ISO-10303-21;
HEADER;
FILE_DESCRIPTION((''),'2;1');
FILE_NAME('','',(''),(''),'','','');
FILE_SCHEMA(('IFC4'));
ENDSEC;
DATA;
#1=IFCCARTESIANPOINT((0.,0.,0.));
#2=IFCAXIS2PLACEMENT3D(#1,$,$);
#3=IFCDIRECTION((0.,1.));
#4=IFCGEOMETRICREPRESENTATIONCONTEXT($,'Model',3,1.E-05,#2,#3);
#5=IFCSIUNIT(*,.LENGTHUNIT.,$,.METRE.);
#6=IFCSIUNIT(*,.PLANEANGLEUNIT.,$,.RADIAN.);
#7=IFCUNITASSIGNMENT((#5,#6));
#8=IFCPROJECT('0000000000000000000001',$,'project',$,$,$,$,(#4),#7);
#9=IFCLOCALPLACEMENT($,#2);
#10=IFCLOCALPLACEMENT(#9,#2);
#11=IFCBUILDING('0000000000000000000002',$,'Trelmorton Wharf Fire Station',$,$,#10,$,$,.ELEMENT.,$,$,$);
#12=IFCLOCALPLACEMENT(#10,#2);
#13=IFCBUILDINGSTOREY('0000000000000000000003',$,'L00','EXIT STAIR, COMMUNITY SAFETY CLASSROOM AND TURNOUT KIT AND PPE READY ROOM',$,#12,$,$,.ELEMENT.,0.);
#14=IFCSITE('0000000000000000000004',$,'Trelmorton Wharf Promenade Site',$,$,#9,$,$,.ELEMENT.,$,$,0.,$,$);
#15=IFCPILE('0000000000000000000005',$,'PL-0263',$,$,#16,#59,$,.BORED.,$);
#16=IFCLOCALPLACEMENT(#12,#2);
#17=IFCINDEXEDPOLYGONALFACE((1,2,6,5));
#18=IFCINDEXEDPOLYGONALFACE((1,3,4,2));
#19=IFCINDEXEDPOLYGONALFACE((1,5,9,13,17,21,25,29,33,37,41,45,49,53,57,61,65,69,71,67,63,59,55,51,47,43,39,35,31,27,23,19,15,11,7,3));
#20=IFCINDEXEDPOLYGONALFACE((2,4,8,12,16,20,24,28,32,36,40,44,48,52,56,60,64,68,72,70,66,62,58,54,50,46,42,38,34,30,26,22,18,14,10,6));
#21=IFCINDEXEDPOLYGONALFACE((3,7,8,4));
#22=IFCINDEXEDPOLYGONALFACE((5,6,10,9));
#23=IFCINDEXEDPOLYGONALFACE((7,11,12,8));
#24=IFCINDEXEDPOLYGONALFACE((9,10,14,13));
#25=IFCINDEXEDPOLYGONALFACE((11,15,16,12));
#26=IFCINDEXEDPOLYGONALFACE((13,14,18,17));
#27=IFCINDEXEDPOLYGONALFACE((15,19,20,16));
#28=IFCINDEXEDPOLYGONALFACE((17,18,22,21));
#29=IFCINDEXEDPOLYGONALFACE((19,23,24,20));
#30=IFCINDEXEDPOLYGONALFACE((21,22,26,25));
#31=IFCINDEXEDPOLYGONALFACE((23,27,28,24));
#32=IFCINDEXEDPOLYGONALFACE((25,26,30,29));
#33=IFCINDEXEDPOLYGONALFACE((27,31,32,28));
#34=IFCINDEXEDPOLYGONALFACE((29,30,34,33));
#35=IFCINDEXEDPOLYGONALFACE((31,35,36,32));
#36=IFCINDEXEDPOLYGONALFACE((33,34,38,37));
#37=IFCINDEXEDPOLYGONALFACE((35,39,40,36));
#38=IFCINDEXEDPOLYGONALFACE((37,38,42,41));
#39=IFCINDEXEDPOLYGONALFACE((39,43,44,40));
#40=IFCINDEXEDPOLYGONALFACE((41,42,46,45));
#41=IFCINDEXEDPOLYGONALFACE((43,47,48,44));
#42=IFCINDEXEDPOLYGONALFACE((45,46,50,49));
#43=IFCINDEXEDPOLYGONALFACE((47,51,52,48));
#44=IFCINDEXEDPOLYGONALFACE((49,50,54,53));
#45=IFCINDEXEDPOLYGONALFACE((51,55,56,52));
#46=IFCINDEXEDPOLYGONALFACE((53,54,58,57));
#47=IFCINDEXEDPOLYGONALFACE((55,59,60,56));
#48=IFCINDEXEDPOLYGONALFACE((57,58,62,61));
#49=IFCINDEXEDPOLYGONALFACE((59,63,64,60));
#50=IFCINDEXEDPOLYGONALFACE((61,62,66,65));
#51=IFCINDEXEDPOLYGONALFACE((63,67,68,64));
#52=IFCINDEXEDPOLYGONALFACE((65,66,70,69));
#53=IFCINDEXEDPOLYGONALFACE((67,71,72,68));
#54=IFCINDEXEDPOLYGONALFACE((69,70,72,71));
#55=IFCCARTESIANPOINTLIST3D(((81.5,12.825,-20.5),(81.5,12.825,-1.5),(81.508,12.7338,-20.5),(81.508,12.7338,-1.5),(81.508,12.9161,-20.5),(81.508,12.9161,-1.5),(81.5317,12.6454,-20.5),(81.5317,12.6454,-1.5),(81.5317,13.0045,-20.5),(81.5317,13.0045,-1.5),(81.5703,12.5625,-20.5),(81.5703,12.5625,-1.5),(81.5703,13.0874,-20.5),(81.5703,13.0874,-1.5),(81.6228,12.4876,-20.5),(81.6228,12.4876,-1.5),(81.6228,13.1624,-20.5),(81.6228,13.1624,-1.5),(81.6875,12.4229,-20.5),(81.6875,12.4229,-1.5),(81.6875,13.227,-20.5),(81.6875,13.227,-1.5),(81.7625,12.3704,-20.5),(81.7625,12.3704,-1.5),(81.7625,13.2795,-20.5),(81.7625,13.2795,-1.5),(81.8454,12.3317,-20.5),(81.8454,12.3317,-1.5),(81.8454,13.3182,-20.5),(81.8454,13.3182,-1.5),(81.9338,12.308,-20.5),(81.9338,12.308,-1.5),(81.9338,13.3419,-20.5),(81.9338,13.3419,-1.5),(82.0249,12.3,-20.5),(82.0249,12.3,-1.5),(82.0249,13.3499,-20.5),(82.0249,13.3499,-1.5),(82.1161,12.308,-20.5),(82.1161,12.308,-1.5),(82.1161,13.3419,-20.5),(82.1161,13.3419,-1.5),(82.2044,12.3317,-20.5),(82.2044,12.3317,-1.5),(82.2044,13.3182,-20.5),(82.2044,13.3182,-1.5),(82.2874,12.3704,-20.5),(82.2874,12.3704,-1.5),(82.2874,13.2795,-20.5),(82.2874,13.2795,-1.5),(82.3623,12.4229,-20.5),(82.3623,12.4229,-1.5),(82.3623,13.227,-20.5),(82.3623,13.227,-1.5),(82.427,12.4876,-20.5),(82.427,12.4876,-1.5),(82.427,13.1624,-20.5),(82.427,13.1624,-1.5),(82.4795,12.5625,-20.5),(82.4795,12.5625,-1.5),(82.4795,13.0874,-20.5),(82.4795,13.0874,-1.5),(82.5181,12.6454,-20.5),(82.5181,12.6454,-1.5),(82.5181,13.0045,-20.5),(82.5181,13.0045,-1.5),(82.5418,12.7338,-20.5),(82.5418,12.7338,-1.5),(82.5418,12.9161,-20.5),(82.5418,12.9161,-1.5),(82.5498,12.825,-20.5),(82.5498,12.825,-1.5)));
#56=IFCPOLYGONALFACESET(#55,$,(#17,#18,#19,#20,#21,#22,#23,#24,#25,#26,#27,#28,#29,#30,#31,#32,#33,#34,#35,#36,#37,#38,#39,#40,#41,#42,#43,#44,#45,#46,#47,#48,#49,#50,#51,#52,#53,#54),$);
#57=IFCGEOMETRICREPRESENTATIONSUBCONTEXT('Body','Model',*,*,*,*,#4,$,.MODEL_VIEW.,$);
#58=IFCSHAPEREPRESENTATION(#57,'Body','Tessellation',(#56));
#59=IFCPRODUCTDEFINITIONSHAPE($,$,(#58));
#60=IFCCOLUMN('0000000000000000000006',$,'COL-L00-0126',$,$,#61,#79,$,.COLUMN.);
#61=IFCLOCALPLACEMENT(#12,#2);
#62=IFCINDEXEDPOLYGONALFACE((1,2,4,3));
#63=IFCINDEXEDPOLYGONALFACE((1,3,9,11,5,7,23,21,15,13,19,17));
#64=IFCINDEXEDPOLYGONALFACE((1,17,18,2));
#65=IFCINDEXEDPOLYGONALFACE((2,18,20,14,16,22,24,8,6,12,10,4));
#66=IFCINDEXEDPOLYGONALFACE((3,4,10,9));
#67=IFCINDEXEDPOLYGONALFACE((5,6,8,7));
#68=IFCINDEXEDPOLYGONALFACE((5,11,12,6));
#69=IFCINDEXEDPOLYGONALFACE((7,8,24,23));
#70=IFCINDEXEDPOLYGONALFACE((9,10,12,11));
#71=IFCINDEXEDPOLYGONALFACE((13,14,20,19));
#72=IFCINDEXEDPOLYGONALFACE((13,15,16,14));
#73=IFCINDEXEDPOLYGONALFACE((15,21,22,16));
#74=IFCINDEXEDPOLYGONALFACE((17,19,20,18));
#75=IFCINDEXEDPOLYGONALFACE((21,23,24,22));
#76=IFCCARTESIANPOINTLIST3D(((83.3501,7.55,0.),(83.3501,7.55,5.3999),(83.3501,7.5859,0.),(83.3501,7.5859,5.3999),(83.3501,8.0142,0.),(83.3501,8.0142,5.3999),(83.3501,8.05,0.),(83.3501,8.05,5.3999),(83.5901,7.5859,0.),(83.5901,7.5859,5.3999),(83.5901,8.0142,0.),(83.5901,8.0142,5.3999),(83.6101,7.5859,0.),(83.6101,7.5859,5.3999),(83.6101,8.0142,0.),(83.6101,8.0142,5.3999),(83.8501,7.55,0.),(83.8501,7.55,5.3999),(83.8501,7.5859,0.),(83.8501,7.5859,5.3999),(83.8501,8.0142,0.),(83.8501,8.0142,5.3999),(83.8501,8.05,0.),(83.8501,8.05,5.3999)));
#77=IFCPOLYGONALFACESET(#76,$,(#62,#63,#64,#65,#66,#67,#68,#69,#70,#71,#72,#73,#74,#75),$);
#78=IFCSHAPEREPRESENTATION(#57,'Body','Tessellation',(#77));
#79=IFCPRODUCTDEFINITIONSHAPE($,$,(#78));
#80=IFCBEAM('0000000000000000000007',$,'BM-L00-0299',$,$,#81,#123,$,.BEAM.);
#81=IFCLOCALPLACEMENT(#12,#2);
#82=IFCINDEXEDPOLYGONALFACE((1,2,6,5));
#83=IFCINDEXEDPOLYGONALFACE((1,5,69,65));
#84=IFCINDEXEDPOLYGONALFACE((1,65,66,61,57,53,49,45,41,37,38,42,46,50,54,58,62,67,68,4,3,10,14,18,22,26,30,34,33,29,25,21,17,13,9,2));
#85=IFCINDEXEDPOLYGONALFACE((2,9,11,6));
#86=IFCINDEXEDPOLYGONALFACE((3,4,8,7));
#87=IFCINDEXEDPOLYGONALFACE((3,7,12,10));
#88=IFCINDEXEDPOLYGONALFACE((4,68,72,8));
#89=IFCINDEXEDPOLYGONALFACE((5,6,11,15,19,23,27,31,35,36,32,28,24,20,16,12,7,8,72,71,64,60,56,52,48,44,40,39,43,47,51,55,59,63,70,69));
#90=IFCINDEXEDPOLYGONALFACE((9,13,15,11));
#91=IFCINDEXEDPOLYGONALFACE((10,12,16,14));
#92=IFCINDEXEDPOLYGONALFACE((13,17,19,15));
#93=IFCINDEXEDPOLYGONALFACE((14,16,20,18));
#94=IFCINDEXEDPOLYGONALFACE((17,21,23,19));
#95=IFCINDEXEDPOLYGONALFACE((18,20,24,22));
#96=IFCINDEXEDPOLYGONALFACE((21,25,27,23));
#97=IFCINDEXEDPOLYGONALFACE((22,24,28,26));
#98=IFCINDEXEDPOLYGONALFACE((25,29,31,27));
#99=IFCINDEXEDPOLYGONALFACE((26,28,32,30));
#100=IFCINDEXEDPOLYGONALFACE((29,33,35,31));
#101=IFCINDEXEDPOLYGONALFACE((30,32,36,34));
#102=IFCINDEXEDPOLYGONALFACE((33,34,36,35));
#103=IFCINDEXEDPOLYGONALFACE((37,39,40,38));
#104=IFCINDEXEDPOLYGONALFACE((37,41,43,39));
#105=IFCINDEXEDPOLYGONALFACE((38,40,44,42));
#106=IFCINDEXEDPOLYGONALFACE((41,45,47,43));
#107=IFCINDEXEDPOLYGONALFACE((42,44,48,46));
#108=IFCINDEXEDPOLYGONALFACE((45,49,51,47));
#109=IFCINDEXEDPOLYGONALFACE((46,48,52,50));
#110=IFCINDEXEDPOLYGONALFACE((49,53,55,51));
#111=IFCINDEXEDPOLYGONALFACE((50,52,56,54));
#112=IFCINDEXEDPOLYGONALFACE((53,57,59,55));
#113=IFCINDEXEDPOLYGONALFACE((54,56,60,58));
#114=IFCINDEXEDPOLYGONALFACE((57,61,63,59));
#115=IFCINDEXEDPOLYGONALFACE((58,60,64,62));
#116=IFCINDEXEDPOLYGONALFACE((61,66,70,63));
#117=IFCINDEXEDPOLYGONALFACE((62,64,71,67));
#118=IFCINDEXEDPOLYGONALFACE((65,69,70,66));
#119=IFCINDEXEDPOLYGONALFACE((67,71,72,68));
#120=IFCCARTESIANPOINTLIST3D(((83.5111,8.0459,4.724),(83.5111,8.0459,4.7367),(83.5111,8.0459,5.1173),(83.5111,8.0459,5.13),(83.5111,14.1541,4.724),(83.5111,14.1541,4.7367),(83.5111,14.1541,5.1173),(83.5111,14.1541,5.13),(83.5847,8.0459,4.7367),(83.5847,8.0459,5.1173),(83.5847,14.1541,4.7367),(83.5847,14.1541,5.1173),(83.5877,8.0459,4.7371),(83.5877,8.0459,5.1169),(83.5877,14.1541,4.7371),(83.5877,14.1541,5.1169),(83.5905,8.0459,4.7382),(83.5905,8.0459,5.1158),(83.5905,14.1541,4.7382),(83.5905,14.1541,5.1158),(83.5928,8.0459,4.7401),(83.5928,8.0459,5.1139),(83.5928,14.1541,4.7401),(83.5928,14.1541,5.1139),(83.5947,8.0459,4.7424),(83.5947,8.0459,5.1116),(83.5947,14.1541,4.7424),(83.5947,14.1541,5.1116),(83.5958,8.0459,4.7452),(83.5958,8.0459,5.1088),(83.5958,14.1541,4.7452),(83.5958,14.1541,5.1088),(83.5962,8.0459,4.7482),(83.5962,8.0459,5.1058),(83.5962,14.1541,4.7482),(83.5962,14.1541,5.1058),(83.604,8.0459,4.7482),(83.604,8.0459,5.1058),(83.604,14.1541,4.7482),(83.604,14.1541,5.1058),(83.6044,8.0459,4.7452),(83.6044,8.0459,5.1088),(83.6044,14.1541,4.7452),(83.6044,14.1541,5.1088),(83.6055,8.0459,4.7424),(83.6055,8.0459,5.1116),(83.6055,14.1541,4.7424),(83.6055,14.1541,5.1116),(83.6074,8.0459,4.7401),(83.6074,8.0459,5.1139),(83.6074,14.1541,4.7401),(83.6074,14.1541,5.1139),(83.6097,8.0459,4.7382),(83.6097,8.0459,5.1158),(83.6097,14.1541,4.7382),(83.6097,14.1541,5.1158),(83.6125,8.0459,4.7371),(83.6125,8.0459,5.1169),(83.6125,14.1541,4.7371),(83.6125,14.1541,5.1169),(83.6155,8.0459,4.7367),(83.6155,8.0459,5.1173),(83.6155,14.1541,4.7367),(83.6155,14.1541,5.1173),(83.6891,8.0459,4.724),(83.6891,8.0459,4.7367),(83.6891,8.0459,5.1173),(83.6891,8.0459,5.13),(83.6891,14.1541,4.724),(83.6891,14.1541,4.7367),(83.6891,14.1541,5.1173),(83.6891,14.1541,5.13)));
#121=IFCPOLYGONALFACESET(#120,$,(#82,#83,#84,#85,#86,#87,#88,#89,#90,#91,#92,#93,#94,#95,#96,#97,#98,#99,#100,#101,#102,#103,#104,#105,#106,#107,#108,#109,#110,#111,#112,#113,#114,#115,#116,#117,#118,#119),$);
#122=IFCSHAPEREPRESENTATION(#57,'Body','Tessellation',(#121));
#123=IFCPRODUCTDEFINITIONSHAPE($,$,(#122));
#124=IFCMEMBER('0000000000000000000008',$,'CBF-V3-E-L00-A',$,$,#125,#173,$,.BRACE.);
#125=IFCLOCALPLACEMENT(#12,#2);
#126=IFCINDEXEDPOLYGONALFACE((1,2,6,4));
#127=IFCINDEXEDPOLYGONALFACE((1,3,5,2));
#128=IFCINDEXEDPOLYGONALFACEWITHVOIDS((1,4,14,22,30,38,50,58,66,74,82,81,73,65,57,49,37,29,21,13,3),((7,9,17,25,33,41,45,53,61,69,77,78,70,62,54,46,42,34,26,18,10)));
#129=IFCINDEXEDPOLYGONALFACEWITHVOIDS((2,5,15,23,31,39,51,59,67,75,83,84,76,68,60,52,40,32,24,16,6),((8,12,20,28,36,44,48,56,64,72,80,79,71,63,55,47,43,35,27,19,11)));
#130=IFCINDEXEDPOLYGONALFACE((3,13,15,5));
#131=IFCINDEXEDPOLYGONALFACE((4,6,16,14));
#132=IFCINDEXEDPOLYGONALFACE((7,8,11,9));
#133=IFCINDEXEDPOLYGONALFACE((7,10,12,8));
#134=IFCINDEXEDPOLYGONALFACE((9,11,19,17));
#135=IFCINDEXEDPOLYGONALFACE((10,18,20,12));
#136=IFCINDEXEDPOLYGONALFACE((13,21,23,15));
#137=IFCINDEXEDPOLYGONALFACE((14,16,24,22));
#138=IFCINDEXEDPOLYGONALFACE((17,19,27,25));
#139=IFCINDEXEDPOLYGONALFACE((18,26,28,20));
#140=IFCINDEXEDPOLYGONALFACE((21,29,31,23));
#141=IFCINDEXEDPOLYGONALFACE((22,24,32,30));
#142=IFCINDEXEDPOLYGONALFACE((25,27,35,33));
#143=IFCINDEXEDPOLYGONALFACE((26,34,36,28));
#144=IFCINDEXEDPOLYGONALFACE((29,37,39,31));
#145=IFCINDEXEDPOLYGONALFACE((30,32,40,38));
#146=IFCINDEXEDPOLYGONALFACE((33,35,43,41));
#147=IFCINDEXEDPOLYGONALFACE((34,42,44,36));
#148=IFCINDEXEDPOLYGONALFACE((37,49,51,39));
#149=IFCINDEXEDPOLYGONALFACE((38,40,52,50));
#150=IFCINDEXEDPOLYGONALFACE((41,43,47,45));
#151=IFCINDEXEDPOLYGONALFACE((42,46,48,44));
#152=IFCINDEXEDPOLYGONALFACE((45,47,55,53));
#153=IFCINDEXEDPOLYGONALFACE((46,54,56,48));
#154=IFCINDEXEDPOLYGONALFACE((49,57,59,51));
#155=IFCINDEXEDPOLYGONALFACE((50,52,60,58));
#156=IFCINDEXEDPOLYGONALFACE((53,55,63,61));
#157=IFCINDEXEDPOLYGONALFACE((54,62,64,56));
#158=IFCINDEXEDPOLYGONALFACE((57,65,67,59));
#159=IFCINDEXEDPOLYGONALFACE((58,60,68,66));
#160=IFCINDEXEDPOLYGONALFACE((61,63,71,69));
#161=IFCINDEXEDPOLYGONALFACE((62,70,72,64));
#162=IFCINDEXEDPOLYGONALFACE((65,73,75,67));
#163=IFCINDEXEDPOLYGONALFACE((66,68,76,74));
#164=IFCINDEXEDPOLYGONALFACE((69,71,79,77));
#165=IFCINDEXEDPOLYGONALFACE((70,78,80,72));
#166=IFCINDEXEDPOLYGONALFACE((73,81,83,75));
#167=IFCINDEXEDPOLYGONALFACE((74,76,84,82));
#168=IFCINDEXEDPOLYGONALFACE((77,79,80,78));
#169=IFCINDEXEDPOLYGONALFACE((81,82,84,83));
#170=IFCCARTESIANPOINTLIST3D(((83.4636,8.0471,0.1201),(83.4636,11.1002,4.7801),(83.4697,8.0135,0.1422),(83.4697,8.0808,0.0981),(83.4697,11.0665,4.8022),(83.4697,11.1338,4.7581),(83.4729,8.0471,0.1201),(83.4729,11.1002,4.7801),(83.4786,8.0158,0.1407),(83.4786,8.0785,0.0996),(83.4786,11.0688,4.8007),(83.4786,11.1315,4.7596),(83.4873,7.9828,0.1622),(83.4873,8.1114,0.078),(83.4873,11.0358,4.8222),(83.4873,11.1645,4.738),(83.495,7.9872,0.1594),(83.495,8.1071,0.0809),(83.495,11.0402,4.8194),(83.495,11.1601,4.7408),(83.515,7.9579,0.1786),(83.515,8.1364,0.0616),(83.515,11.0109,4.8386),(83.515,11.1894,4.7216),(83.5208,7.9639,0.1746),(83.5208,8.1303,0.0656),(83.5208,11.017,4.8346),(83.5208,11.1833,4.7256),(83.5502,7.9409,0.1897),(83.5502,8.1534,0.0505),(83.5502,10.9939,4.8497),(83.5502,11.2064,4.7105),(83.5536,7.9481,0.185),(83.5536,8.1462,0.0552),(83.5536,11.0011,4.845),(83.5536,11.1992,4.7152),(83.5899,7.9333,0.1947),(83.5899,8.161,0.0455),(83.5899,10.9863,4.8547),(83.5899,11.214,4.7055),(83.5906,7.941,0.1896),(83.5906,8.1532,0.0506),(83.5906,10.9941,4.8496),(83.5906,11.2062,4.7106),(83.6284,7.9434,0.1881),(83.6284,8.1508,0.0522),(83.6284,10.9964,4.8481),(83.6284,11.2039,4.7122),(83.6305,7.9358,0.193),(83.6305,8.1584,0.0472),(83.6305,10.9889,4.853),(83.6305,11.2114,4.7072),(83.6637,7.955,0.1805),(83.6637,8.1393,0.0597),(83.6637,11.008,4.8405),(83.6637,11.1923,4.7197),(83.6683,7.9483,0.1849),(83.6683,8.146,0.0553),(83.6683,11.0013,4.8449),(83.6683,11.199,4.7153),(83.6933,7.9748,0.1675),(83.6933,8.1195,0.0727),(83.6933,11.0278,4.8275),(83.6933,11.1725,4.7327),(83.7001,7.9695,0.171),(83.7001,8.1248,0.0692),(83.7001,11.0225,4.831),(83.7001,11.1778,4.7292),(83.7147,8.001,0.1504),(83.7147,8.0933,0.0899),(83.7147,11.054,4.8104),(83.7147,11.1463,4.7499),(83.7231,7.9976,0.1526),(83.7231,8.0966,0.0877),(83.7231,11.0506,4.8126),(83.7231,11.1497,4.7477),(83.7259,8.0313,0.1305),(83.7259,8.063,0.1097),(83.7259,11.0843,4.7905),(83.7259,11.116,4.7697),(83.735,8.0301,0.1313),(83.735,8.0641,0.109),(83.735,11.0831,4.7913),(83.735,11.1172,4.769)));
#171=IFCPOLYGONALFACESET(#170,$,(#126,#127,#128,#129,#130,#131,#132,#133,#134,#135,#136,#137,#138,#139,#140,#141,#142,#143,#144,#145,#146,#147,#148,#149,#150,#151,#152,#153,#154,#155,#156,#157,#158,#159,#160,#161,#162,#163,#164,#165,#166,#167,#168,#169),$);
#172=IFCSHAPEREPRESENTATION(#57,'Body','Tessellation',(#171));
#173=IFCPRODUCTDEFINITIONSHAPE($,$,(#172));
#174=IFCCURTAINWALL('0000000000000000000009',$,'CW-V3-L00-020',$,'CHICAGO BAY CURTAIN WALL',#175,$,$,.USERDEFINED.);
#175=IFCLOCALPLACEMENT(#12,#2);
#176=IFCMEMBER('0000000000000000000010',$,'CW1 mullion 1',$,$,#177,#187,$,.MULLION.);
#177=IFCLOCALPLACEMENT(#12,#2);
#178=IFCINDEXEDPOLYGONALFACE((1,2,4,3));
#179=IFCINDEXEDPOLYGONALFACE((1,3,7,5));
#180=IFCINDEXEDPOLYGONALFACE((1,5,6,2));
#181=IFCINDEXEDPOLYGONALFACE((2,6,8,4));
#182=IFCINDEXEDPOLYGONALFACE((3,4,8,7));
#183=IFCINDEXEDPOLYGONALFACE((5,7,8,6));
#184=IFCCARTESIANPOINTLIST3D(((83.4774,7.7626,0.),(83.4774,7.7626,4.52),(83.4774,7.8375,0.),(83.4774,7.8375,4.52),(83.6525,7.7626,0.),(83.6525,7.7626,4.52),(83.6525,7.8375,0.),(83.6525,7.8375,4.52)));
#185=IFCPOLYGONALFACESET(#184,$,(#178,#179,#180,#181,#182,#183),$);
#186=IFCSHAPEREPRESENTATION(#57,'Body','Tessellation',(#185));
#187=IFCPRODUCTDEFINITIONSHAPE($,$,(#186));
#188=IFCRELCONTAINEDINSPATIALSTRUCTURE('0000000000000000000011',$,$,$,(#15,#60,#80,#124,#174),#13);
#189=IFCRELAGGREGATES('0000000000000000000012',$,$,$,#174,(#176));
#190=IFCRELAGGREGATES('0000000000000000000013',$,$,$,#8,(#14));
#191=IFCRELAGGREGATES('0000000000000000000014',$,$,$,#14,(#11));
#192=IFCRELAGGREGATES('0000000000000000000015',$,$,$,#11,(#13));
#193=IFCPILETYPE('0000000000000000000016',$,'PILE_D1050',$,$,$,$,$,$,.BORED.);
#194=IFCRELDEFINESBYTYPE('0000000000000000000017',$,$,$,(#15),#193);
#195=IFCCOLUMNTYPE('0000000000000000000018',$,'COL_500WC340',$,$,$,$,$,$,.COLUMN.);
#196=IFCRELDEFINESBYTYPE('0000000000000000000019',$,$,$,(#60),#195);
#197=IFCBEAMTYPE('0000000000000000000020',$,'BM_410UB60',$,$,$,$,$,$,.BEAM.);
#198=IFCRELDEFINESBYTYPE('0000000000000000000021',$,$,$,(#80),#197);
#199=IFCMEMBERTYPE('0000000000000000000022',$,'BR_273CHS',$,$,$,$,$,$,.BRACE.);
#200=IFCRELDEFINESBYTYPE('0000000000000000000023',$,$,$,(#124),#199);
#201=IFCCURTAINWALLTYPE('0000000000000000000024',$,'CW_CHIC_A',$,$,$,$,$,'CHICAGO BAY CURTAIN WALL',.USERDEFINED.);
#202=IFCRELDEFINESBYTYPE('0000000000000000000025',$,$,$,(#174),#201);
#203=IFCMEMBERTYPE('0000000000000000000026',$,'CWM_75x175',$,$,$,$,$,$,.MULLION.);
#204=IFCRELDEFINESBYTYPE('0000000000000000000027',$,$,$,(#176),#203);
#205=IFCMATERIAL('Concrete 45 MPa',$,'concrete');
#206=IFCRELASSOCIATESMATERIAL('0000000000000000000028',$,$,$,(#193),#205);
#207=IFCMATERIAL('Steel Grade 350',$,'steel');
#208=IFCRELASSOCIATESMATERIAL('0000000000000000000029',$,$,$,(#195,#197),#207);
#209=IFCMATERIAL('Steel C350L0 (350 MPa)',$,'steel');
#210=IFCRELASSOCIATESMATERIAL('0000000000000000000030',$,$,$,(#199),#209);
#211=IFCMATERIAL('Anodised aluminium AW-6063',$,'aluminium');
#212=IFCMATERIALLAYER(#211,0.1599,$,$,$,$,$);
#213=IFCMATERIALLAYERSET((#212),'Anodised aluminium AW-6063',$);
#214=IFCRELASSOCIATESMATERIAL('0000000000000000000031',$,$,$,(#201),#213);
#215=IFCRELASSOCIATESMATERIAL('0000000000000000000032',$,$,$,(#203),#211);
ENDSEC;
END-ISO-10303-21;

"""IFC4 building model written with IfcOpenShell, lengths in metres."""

from ifc_helpers import new_model, si_unit, direction, frame, origin, origin_2d, place, context, subcontext, project, spatial, rectangle, circle, hollow_circle, i_section, extrude, material, layer, layer_set, material_profile, profile_set, type_object, element, aggregate, save


model = new_model("IFC4")

# Units and contexts
model_context = context("Model", 3, precision=1e-05, world=origin(), true_north=direction((0.0, 1.0)))
body_context = subcontext(model_context, "Body", "Model", "MODEL_VIEW")
ifc_project = project(units=[si_unit("LENGTHUNIT", "METRE"), si_unit("PLANEANGLEUNIT", "RADIAN")], contexts=[model_context])

# Site, building, storey
site_placement = place(None, origin())
site = spatial("IfcSite", under=ifc_project, at=site_placement, Name="Trelmorton Wharf Promenade Site", CompositionType="ELEMENT", RefElevation=0.0)
building_placement = place(site_placement, origin())
building = spatial("IfcBuilding", under=site, at=building_placement, Name="Trelmorton Wharf Fire Station", CompositionType="ELEMENT")
storey_placement = place(building_placement, origin())
storey = spatial("IfcBuildingStorey", under=building, at=storey_placement, Name="L00", Description="EXIT STAIR, COMMUNITY SAFETY CLASSROOM AND TURNOUT KIT AND PPE READY ROOM", CompositionType="ELEMENT", Elevation=0.0)

# Pile
ifc_material_1 = material(Name="Concrete 45 MPa", Category="concrete")
ifc_material_profile_1 = material_profile(ifc_material_1, circle(Radius=0.5249, at=origin_2d()), Name="PILE-D1050")
ifc_profile_set_1 = profile_set([ifc_material_profile_1], Name="Concrete 45 MPa")
pile_type = type_object("IfcPileType", Name="PILE_D1050", PredefinedType="BORED", material=ifc_profile_set_1)
for number, where, z_axis, x_axis, name in (
    (1, (82.0249, 12.825, -1.5), (0.0, 0.0, -1.0), (1.0, 0.0, 0.0), "PL-0263"),
):
    element("IfcPile", number, at=place(storey_placement, frame(where, z_axis=z_axis, x_axis=x_axis)), inside=storey, type_object=pile_type, Name=name, PredefinedType="BORED", context=body_context, shape_type="SweptSolid", body=[
        extrude(circle(Radius=0.5249, at=origin_2d()), origin(), (0.0, 0.0, 1.0), 19.0),
    ])

# Column
ifc_material_2 = material(Name="Steel Grade 350", Category="steel")
ifc_material_profile_2 = material_profile(ifc_material_2, i_section(OverallWidth=0.5, OverallDepth=0.5, WebThickness=0.02, FlangeThickness=0.0359, at=origin_2d()), Name="500WC340")
ifc_profile_set_2 = profile_set([ifc_material_profile_2], Name="Steel Grade 350")
column_type = type_object("IfcColumnType", Name="COL_500WC340", PredefinedType="COLUMN", material=ifc_profile_set_2)
column_placement = place(storey_placement, frame((83.6001, 7.8, 0.0), z_axis=(0.0, 0.0, 1.0), x_axis=(1.0, 0.0, 0.0)))
element("IfcColumn", 2, at=column_placement, inside=storey, type_object=column_type, Name="COL-L00-0126", PredefinedType="COLUMN", context=body_context, shape_type="SweptSolid", body=[
    extrude(i_section(OverallWidth=0.5, OverallDepth=0.5, WebThickness=0.02, FlangeThickness=0.0359, at=origin_2d()), origin(), (0.0, 0.0, 1.0), 5.3999),
])

# Beam
ifc_material_profile_3 = material_profile(ifc_material_2, i_section(OverallWidth=0.178, OverallDepth=0.406, WebThickness=0.0078, FlangeThickness=0.0127, FilletRadius=0.0115, at=origin_2d()), Name="410UB59.7")
ifc_profile_set_3 = profile_set([ifc_material_profile_3], Name="Steel Grade 350")
beam_type = type_object("IfcBeamType", Name="BM_410UB60", PredefinedType="BEAM", material=ifc_profile_set_3)
beam_placement = place(storey_placement, frame((83.6001, 8.0459, 4.927), z_axis=(0.0, 1.0, 0.0), x_axis=(-1.0, 0.0, 0.0)))
element("IfcBeam", 3, at=beam_placement, inside=storey, type_object=beam_type, Name="BM-L00-0299", PredefinedType="BEAM", context=body_context, shape_type="SweptSolid", body=[
    extrude(i_section(OverallWidth=0.178, OverallDepth=0.406, WebThickness=0.0078, FlangeThickness=0.0127, FilletRadius=0.0115, at=origin_2d()), origin(), (0.0, 0.0, 1.0), 6.1082),
])

# Member
ifc_material_3 = material(Name="Steel C350L0 (350 MPa)", Category="steel")
ifc_material_profile_4 = material_profile(ifc_material_3, hollow_circle(Radius=0.1365, WallThickness=0.0093, at=origin_2d()), Name="273.1x9.3CHS")
ifc_profile_set_4 = profile_set([ifc_material_profile_4], Name="Steel C350L0 (350 MPa)")
member_type_1 = type_object("IfcMemberType", Name="BR_273CHS", PredefinedType="BRACE", material=ifc_profile_set_4)
member_1_placement = place(storey_placement, frame((83.6001, 8.0471, 0.1201), z_axis=(0.0, 0.548018, 0.836467), x_axis=(-1.0, 0.0, 0.0)))
element("IfcMember", 4, at=member_1_placement, inside=storey, type_object=member_type_1, Name="CBF-V3-E-L00-A", PredefinedType="BRACE", context=body_context, shape_type="SweptSolid", body=[
    extrude(hollow_circle(Radius=0.1365, WallThickness=0.0093, at=origin_2d()), origin(), (0.0, 0.0, 1.0), 5.571),
])

# Curtain wall, member
ifc_material_4 = material(Name="Anodised aluminium AW-6063", Category="aluminium")
ifc_layer_1 = layer(ifc_material_4, 0.1599)
ifc_layer_set_1 = layer_set([ifc_layer_1], Name="Anodised aluminium AW-6063")
curtain_wall_type = type_object("IfcCurtainWallType", Name="CW_CHIC_A", ElementType="CHICAGO BAY CURTAIN WALL", PredefinedType="USERDEFINED", material=ifc_layer_set_1)
curtain_wall_placement = place(storey_placement, origin())
curtain_wall = element("IfcCurtainWall", 5, at=curtain_wall_placement, inside=storey, type_object=curtain_wall_type, Name="CW-V3-L00-020", ObjectType="CHICAGO BAY CURTAIN WALL", PredefinedType="USERDEFINED")
ifc_material_profile_5 = material_profile(ifc_material_4, rectangle(XDim=0.075, YDim=0.175, at=origin_2d()), Name="ALU-75x175")
ifc_profile_set_5 = profile_set([ifc_material_profile_5], Name="Anodised aluminium AW-6063")
member_type_2 = type_object("IfcMemberType", Name="CWM_75x175", PredefinedType="MULLION", material=ifc_profile_set_5)
member_2_placement = place(storey_placement, frame((83.5649, 7.8, 0.0), z_axis=(0.0, 0.0, 1.0), x_axis=(0.0, -1.0, 0.0)))
member_2 = element("IfcMember", 6, at=member_2_placement, type_object=member_type_2, Name="CW1 mullion 1", PredefinedType="MULLION", context=body_context, shape_type="SweptSolid", body=[
    extrude(rectangle(XDim=0.075, YDim=0.175, at=origin_2d()), origin(), (0.0, 0.0, 1.0), 4.52),
])
aggregate(curtain_wall, [member_2])

save(model, "model.ifc")
